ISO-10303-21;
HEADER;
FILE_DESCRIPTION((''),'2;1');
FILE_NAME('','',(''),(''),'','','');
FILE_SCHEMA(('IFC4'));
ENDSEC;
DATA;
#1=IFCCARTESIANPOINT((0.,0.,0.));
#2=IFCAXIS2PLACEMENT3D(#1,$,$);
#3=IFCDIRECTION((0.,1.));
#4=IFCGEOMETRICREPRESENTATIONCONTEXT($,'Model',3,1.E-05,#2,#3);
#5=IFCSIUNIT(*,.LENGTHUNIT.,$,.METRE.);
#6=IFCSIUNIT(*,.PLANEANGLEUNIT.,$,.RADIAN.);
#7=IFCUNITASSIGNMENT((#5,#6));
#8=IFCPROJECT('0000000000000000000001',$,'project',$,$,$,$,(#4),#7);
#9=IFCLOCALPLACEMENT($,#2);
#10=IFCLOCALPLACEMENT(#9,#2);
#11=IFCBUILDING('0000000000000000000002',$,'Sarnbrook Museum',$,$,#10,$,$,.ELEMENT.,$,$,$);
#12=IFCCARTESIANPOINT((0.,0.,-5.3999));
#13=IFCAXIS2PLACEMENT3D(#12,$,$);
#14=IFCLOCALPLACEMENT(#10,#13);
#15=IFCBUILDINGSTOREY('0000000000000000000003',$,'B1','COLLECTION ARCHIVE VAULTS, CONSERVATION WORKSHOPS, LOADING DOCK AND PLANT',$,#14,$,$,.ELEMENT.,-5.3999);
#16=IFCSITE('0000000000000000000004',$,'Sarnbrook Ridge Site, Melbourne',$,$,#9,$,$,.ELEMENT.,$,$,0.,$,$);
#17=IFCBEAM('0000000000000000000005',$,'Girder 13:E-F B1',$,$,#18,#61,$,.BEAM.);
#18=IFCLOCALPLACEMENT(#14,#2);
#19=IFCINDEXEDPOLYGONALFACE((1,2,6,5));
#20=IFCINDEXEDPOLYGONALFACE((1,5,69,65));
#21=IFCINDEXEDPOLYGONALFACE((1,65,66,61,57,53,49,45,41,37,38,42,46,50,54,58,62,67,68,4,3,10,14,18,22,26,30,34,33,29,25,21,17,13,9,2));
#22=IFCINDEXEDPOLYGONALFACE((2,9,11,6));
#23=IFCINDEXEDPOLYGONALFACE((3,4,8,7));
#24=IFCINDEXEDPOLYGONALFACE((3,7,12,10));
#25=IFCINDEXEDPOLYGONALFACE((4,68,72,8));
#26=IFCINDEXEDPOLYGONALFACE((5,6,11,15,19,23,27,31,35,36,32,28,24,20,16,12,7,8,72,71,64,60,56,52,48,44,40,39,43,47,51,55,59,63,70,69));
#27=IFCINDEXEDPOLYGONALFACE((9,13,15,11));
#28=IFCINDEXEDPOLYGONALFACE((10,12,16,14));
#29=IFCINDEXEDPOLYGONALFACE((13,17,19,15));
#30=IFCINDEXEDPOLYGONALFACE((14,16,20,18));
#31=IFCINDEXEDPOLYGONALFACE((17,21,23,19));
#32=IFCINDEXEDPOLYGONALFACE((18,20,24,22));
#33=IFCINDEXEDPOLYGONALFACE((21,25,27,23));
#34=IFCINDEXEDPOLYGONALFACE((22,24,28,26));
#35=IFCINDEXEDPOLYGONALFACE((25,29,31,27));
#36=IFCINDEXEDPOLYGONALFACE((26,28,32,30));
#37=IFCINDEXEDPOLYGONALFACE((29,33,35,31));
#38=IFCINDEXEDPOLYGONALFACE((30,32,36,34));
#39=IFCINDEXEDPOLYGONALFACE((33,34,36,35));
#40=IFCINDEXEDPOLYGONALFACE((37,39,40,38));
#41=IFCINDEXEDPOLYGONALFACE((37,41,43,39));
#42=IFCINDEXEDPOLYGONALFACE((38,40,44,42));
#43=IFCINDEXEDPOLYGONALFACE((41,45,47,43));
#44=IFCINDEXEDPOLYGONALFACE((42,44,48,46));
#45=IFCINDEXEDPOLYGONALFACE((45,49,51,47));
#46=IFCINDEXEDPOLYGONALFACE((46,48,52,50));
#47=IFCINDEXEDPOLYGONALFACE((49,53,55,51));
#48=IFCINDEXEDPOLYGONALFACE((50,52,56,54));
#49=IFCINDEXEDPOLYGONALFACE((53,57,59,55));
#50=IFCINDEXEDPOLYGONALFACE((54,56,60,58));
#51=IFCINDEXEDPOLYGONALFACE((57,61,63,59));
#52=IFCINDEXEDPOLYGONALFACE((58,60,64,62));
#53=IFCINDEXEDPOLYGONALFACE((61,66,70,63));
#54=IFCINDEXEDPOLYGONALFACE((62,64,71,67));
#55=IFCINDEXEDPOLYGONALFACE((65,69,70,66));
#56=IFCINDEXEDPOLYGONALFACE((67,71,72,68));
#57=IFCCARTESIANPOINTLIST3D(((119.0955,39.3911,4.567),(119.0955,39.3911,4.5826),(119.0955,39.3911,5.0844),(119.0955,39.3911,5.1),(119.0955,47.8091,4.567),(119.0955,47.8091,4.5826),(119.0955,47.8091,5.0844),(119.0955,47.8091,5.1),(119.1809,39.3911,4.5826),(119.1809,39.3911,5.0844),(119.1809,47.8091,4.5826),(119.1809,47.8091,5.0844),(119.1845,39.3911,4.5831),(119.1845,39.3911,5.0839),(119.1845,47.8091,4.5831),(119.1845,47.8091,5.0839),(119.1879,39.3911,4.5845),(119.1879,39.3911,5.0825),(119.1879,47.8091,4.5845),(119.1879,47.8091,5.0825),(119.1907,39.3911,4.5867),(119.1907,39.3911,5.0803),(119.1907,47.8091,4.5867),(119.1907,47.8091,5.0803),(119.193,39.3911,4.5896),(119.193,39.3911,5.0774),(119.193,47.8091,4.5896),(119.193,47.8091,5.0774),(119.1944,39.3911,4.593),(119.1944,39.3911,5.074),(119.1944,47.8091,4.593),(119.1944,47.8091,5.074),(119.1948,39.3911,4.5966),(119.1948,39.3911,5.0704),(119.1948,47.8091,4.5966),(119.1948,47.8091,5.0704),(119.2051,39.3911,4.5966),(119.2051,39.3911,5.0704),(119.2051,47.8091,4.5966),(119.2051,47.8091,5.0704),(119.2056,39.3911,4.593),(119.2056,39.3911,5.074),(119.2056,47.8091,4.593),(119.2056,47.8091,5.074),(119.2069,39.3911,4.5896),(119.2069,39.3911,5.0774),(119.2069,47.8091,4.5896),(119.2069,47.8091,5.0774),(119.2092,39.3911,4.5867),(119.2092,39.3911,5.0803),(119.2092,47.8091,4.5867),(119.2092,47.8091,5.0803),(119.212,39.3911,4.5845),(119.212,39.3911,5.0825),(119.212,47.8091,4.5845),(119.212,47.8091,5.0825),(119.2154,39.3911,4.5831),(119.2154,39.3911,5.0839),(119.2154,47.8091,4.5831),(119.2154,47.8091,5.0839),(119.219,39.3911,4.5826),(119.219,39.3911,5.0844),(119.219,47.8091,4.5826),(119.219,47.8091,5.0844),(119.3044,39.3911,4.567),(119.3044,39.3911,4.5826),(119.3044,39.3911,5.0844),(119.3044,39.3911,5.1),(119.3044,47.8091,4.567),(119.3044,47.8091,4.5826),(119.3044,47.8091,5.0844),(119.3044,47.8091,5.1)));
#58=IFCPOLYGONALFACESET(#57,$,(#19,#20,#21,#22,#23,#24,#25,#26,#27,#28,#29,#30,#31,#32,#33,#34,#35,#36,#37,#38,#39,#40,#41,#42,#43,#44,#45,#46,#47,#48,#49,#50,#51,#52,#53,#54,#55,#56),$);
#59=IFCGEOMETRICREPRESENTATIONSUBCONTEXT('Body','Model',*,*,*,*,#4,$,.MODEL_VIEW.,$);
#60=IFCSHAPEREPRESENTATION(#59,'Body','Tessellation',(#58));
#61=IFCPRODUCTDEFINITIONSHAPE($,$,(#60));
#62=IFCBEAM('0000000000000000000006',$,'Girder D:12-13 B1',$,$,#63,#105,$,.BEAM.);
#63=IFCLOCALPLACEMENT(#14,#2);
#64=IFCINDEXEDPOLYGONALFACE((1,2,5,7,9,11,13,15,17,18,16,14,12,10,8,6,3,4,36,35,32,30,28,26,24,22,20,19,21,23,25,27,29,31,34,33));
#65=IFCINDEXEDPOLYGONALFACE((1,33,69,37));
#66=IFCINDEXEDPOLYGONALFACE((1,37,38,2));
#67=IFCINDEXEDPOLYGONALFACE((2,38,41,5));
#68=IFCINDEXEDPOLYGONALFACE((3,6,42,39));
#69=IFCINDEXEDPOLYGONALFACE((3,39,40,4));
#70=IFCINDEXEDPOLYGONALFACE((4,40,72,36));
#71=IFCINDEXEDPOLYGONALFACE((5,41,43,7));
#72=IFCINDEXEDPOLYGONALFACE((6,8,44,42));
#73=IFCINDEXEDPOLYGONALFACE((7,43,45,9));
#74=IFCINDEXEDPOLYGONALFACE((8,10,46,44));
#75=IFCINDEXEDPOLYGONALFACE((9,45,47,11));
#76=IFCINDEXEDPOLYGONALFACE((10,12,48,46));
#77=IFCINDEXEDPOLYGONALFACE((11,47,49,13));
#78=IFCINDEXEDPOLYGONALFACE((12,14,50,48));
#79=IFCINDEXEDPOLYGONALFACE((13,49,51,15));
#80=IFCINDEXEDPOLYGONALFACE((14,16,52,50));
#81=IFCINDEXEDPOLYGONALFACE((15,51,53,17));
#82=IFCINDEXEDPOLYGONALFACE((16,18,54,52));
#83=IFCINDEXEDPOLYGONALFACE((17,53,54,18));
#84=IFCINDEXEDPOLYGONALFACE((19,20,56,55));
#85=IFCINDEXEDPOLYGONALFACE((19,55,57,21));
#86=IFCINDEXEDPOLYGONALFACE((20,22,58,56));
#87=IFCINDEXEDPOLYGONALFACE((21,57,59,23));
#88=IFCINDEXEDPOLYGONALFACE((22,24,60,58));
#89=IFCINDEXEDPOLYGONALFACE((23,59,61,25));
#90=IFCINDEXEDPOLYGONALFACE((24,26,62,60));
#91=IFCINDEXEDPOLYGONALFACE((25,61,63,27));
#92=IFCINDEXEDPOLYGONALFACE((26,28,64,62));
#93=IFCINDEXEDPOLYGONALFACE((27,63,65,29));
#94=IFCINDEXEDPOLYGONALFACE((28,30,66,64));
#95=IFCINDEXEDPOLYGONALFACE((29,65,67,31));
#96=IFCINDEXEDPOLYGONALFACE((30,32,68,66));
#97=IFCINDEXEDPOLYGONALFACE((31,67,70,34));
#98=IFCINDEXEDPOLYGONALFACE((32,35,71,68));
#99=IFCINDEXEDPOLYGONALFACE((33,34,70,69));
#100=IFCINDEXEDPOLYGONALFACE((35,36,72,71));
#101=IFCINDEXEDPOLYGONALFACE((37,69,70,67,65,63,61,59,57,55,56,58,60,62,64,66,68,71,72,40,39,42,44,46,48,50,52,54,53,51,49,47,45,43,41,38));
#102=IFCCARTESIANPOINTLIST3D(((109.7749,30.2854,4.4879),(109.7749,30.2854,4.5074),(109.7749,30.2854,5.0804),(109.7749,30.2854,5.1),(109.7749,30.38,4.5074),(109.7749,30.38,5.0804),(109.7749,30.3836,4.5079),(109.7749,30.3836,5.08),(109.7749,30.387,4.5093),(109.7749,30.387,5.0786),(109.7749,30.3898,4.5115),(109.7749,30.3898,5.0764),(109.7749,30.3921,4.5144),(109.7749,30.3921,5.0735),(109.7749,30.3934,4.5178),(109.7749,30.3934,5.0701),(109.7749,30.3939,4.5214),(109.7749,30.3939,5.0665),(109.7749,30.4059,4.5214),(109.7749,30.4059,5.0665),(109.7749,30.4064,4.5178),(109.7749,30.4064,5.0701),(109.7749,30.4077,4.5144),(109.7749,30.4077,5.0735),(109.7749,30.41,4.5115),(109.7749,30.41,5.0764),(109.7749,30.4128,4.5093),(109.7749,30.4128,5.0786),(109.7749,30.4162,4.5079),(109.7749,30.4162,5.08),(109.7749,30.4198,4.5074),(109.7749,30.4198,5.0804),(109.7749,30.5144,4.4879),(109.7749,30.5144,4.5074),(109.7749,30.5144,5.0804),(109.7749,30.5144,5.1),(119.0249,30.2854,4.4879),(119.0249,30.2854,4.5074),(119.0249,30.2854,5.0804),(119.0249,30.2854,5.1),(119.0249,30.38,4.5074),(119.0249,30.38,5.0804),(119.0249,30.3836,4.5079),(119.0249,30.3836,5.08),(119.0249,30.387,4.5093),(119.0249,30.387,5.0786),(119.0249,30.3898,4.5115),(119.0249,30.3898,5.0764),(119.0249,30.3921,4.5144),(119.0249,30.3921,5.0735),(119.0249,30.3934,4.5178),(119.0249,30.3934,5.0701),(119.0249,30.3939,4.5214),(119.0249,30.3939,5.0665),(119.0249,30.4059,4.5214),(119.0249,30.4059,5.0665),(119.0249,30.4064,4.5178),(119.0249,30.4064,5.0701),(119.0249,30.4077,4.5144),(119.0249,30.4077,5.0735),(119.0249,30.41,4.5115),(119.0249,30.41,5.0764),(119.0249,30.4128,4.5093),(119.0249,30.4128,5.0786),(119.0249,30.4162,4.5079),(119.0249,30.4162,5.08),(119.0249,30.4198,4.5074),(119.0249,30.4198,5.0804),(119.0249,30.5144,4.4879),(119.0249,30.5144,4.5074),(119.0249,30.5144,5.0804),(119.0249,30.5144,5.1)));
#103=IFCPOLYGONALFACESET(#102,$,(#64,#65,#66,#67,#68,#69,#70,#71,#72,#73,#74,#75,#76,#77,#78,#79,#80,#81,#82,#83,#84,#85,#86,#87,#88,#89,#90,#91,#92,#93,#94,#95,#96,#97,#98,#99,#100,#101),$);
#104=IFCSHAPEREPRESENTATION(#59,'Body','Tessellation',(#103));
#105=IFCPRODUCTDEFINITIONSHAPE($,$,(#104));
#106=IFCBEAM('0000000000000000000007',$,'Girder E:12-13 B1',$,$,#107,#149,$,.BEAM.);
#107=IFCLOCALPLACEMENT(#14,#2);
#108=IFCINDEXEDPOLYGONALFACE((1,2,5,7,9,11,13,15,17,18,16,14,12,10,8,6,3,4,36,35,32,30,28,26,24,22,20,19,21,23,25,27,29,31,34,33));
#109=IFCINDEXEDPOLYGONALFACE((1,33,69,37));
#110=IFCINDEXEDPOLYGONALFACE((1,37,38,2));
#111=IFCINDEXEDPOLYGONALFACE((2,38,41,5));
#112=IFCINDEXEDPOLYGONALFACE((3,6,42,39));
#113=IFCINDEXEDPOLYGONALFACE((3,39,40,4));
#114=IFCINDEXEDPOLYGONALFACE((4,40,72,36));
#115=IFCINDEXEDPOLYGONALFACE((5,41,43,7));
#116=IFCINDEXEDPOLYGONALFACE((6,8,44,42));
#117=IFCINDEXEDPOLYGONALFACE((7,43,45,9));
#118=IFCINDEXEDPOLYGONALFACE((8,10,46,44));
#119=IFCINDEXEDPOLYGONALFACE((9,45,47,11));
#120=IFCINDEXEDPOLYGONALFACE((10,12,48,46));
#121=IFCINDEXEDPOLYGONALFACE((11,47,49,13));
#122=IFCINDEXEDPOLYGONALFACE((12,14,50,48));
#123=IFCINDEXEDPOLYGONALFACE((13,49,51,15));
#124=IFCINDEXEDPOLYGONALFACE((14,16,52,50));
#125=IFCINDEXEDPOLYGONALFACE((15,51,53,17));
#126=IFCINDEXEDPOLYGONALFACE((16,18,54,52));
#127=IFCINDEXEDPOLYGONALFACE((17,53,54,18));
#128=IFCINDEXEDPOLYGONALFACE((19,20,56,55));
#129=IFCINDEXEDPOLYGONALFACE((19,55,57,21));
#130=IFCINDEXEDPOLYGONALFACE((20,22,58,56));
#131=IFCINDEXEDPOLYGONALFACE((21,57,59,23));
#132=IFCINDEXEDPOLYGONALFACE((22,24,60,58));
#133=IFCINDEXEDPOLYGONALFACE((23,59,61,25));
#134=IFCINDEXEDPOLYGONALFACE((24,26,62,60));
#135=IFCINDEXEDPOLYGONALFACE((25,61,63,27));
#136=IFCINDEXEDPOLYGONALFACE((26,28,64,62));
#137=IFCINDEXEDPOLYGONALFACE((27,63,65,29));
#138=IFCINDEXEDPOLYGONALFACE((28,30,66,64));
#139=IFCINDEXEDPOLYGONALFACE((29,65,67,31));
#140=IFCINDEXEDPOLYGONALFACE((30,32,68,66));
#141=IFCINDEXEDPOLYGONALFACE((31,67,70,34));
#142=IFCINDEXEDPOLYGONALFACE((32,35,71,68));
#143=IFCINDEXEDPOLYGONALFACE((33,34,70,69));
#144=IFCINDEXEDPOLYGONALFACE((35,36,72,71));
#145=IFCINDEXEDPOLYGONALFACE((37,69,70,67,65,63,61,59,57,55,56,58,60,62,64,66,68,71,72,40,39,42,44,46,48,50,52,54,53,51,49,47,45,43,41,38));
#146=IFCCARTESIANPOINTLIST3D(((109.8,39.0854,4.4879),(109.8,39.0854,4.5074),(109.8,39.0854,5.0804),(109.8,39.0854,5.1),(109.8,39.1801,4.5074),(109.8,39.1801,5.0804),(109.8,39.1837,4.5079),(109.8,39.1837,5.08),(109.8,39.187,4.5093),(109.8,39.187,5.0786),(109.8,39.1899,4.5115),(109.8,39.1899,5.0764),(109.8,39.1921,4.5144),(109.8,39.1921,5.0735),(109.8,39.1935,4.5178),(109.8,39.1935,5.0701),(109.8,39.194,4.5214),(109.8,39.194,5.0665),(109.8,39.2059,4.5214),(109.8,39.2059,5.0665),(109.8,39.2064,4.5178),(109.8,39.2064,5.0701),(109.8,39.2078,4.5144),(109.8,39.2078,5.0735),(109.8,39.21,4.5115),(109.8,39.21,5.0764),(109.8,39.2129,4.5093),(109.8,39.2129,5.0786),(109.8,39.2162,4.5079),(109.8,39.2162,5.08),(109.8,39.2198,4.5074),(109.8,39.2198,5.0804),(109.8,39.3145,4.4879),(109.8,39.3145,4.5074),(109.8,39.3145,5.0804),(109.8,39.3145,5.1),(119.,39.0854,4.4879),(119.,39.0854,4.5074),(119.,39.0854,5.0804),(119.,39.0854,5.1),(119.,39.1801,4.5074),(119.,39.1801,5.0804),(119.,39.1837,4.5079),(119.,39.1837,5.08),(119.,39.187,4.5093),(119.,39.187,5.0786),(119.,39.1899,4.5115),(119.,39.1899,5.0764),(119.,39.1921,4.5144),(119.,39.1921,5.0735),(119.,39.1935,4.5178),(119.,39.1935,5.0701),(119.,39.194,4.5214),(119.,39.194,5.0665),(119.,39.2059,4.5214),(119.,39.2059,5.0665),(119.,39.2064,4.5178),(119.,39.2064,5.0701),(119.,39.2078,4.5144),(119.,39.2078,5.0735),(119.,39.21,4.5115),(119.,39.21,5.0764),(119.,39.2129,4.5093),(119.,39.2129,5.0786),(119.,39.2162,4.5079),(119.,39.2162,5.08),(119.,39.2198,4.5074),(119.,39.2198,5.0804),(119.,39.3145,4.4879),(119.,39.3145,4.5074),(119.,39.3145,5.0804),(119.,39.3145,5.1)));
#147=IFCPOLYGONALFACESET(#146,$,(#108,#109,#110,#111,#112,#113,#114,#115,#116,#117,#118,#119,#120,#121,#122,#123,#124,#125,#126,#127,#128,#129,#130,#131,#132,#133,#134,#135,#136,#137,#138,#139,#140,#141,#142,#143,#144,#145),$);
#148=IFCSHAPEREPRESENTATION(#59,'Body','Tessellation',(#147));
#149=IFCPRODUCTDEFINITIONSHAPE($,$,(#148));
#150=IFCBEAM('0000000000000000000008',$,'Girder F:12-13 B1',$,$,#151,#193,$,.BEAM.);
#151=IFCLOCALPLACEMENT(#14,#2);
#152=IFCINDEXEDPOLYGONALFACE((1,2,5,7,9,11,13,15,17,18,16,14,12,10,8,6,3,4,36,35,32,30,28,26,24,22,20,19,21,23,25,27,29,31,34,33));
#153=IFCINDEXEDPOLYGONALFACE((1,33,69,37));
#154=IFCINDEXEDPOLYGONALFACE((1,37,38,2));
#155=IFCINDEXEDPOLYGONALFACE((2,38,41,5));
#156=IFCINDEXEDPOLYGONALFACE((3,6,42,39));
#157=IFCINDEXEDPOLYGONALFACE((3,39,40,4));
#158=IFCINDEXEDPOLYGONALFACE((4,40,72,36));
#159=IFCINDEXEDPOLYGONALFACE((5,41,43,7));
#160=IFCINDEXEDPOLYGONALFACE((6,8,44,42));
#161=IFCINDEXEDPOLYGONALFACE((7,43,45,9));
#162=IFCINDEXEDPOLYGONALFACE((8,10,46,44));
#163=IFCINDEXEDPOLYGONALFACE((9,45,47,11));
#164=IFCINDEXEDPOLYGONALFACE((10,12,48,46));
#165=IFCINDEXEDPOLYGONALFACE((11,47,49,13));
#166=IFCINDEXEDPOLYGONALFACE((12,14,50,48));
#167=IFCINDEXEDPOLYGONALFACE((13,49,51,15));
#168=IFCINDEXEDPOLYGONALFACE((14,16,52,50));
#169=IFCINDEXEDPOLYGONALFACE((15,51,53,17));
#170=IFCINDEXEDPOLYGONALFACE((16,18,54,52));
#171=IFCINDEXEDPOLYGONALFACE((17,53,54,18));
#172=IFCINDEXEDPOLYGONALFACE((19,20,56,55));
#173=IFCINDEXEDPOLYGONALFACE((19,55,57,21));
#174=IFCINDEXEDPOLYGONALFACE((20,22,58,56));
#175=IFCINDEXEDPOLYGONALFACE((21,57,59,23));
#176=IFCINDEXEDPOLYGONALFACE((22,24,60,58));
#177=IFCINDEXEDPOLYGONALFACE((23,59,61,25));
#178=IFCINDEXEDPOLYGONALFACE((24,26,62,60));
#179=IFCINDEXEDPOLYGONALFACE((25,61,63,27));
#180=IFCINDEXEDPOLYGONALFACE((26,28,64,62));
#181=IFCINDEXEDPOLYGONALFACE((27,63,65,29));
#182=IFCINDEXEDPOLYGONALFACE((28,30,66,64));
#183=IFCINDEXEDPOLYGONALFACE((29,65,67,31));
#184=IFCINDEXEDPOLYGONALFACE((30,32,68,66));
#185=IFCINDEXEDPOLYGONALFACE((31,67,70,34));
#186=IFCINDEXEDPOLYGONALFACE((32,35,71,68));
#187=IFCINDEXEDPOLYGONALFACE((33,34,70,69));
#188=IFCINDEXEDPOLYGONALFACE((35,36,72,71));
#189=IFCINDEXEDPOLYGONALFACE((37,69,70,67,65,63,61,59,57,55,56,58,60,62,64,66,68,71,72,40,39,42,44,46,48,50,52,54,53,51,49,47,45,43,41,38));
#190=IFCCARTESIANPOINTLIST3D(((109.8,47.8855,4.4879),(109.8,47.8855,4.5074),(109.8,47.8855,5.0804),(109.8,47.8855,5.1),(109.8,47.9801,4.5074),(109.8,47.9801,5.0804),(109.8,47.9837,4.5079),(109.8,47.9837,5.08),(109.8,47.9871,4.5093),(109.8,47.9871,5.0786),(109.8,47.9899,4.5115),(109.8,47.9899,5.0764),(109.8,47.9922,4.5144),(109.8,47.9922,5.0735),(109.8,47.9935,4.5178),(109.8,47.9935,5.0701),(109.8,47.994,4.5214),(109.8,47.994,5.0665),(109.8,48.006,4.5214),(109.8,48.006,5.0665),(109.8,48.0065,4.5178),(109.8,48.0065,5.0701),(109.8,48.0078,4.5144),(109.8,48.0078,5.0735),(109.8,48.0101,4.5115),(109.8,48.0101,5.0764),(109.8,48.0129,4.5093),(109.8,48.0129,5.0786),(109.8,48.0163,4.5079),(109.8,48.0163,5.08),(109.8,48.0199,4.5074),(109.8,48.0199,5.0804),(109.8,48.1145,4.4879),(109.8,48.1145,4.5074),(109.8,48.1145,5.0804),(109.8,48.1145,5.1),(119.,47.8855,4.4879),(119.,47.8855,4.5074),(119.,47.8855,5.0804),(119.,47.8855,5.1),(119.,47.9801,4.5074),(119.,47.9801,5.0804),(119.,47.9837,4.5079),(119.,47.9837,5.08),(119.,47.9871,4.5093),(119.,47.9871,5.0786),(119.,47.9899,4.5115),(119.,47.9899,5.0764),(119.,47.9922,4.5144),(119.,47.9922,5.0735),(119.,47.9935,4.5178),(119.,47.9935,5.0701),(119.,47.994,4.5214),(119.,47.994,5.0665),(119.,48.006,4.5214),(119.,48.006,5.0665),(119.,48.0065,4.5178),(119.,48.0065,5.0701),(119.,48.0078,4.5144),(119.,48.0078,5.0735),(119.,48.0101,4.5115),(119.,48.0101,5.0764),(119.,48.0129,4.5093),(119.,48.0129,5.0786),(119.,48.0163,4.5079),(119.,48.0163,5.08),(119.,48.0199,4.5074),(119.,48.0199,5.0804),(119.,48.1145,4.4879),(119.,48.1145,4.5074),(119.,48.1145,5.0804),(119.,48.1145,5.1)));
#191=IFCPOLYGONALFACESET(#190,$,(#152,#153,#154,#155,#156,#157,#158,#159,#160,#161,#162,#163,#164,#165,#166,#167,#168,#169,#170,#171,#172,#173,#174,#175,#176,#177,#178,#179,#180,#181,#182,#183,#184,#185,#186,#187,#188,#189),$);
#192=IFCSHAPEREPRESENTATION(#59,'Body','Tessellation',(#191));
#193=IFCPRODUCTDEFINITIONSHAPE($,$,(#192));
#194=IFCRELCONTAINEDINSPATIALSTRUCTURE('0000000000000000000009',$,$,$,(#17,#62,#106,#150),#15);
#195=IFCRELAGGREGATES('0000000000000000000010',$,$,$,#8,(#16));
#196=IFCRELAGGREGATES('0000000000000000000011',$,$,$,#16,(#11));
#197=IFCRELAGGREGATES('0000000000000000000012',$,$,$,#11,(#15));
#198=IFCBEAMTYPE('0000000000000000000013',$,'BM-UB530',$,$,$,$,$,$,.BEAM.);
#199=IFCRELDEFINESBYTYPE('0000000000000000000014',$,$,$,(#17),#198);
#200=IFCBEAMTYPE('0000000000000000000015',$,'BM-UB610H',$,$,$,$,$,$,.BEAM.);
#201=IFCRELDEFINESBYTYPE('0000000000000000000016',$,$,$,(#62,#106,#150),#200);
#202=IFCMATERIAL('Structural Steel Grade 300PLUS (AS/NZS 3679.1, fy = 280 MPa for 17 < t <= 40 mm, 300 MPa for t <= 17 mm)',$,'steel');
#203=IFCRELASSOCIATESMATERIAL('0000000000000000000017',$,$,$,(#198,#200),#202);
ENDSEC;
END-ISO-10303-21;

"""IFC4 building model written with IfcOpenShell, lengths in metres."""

from ifc_helpers import new_model, si_unit, direction, frame, origin, origin_2d, place, context, subcontext, project, spatial, i_section, extrude, material, material_profile, profile_set, type_object, element, save


model = new_model("IFC4")

# Units and contexts
model_context = context("Model", 3, precision=1e-05, world=origin(), true_north=direction((0.0, 1.0)))
body_context = subcontext(model_context, "Body", "Model", "MODEL_VIEW")
ifc_project = project(units=[si_unit("LENGTHUNIT", "METRE"), si_unit("PLANEANGLEUNIT", "RADIAN")], contexts=[model_context])

# Site, building, storey
site_placement = place(None, origin())
site = spatial("IfcSite", under=ifc_project, at=site_placement, Name="Sarnbrook Ridge Site, Melbourne", CompositionType="ELEMENT", RefElevation=0.0)
building_placement = place(site_placement, origin())
building = spatial("IfcBuilding", under=site, at=building_placement, Name="Sarnbrook Museum", CompositionType="ELEMENT")
storey_placement = place(building_placement, frame((0.0, 0.0, -5.3999)))
storey = spatial("IfcBuildingStorey", under=building, at=storey_placement, Name="B1", Description="COLLECTION ARCHIVE VAULTS, CONSERVATION WORKSHOPS, LOADING DOCK AND PLANT", CompositionType="ELEMENT", Elevation=-5.3999)

# Beams
ifc_material_1 = material(Name="Structural Steel Grade 300PLUS (AS/NZS 3679.1, fy = 280 MPa for 17 < t <= 40 mm, 300 MPa for t <= 17 mm)", Category="steel")
ifc_material_profile_1 = material_profile(ifc_material_1, i_section(OverallWidth=0.209, OverallDepth=0.533, WebThickness=0.0103, FlangeThickness=0.0156, FilletRadius=0.0139, at=origin_2d()), Name="530UB92.4")
ifc_profile_set_1 = profile_set([ifc_material_profile_1], Name="Structural Steel Grade 300PLUS (AS/NZS 3679.1, fy = 280 MPa for 17 < t <= 40 mm, 300 MPa for t <= 17 mm)")
beam_type_1 = type_object("IfcBeamType", Name="BM-UB530", PredefinedType="BEAM", material=ifc_profile_set_1)
beam_1_placement = place(storey_placement, frame((119.2, 39.3911, 4.8335), z_axis=(0.0, 1.0, 0.0), x_axis=(-1.0, 0.0, 0.0)))
element("IfcBeam", 1, at=beam_1_placement, inside=storey, type_object=beam_type_1, Name="Girder 13:E-F B1", PredefinedType="BEAM", context=body_context, shape_type="SweptSolid", body=[
    extrude(i_section(OverallWidth=0.209, OverallDepth=0.533, WebThickness=0.0103, FlangeThickness=0.0156, FilletRadius=0.0139, at=origin_2d()), origin(), (0.0, 0.0, 1.0), 8.418),
])
ifc_material_profile_2 = material_profile(ifc_material_1, i_section(OverallWidth=0.229, OverallDepth=0.6121, WebThickness=0.012, FlangeThickness=0.0195, FilletRadius=0.0139, at=origin_2d()), Name="610UB125")
ifc_profile_set_2 = profile_set([ifc_material_profile_2], Name="Structural Steel Grade 300PLUS (AS/NZS 3679.1, fy = 280 MPa for 17 < t <= 40 mm, 300 MPa for t <= 17 mm)")
beam_type_2 = type_object("IfcBeamType", Name="BM-UB610H", PredefinedType="BEAM", material=ifc_profile_set_2)
beam_2_placement = place(storey_placement, frame((109.7749, 30.3999, 4.7939), z_axis=(1.0, 0.0, 0.0), x_axis=(0.0, 1.0, 0.0)))
element("IfcBeam", 2, at=beam_2_placement, inside=storey, type_object=beam_type_2, Name="Girder D:12-13 B1", PredefinedType="BEAM", context=body_context, shape_type="SweptSolid", body=[
    extrude(i_section(OverallWidth=0.229, OverallDepth=0.6121, WebThickness=0.012, FlangeThickness=0.0195, FilletRadius=0.0139, at=origin_2d()), origin(), (0.0, 0.0, 1.0), 9.25),
])
for number, where, z_axis, x_axis, name in (
    (3, (109.8, 39.2, 4.7939), (1.0, 0.0, 0.0), (0.0, 1.0, 0.0), "Girder E:12-13 B1"),
    (4, (109.8, 48.0, 4.7939), (1.0, 0.0, 0.0), (0.0, 1.0, 0.0), "Girder F:12-13 B1"),
):
    element("IfcBeam", number, at=place(storey_placement, frame(where, z_axis=z_axis, x_axis=x_axis)), inside=storey, type_object=beam_type_2, Name=name, PredefinedType="BEAM", context=body_context, shape_type="SweptSolid", body=[
        extrude(i_section(OverallWidth=0.229, OverallDepth=0.6121, WebThickness=0.012, FlangeThickness=0.0195, FilletRadius=0.0139, at=origin_2d()), origin(), (0.0, 0.0, 1.0), 9.2),
    ])

save(model, "model.ifc")
